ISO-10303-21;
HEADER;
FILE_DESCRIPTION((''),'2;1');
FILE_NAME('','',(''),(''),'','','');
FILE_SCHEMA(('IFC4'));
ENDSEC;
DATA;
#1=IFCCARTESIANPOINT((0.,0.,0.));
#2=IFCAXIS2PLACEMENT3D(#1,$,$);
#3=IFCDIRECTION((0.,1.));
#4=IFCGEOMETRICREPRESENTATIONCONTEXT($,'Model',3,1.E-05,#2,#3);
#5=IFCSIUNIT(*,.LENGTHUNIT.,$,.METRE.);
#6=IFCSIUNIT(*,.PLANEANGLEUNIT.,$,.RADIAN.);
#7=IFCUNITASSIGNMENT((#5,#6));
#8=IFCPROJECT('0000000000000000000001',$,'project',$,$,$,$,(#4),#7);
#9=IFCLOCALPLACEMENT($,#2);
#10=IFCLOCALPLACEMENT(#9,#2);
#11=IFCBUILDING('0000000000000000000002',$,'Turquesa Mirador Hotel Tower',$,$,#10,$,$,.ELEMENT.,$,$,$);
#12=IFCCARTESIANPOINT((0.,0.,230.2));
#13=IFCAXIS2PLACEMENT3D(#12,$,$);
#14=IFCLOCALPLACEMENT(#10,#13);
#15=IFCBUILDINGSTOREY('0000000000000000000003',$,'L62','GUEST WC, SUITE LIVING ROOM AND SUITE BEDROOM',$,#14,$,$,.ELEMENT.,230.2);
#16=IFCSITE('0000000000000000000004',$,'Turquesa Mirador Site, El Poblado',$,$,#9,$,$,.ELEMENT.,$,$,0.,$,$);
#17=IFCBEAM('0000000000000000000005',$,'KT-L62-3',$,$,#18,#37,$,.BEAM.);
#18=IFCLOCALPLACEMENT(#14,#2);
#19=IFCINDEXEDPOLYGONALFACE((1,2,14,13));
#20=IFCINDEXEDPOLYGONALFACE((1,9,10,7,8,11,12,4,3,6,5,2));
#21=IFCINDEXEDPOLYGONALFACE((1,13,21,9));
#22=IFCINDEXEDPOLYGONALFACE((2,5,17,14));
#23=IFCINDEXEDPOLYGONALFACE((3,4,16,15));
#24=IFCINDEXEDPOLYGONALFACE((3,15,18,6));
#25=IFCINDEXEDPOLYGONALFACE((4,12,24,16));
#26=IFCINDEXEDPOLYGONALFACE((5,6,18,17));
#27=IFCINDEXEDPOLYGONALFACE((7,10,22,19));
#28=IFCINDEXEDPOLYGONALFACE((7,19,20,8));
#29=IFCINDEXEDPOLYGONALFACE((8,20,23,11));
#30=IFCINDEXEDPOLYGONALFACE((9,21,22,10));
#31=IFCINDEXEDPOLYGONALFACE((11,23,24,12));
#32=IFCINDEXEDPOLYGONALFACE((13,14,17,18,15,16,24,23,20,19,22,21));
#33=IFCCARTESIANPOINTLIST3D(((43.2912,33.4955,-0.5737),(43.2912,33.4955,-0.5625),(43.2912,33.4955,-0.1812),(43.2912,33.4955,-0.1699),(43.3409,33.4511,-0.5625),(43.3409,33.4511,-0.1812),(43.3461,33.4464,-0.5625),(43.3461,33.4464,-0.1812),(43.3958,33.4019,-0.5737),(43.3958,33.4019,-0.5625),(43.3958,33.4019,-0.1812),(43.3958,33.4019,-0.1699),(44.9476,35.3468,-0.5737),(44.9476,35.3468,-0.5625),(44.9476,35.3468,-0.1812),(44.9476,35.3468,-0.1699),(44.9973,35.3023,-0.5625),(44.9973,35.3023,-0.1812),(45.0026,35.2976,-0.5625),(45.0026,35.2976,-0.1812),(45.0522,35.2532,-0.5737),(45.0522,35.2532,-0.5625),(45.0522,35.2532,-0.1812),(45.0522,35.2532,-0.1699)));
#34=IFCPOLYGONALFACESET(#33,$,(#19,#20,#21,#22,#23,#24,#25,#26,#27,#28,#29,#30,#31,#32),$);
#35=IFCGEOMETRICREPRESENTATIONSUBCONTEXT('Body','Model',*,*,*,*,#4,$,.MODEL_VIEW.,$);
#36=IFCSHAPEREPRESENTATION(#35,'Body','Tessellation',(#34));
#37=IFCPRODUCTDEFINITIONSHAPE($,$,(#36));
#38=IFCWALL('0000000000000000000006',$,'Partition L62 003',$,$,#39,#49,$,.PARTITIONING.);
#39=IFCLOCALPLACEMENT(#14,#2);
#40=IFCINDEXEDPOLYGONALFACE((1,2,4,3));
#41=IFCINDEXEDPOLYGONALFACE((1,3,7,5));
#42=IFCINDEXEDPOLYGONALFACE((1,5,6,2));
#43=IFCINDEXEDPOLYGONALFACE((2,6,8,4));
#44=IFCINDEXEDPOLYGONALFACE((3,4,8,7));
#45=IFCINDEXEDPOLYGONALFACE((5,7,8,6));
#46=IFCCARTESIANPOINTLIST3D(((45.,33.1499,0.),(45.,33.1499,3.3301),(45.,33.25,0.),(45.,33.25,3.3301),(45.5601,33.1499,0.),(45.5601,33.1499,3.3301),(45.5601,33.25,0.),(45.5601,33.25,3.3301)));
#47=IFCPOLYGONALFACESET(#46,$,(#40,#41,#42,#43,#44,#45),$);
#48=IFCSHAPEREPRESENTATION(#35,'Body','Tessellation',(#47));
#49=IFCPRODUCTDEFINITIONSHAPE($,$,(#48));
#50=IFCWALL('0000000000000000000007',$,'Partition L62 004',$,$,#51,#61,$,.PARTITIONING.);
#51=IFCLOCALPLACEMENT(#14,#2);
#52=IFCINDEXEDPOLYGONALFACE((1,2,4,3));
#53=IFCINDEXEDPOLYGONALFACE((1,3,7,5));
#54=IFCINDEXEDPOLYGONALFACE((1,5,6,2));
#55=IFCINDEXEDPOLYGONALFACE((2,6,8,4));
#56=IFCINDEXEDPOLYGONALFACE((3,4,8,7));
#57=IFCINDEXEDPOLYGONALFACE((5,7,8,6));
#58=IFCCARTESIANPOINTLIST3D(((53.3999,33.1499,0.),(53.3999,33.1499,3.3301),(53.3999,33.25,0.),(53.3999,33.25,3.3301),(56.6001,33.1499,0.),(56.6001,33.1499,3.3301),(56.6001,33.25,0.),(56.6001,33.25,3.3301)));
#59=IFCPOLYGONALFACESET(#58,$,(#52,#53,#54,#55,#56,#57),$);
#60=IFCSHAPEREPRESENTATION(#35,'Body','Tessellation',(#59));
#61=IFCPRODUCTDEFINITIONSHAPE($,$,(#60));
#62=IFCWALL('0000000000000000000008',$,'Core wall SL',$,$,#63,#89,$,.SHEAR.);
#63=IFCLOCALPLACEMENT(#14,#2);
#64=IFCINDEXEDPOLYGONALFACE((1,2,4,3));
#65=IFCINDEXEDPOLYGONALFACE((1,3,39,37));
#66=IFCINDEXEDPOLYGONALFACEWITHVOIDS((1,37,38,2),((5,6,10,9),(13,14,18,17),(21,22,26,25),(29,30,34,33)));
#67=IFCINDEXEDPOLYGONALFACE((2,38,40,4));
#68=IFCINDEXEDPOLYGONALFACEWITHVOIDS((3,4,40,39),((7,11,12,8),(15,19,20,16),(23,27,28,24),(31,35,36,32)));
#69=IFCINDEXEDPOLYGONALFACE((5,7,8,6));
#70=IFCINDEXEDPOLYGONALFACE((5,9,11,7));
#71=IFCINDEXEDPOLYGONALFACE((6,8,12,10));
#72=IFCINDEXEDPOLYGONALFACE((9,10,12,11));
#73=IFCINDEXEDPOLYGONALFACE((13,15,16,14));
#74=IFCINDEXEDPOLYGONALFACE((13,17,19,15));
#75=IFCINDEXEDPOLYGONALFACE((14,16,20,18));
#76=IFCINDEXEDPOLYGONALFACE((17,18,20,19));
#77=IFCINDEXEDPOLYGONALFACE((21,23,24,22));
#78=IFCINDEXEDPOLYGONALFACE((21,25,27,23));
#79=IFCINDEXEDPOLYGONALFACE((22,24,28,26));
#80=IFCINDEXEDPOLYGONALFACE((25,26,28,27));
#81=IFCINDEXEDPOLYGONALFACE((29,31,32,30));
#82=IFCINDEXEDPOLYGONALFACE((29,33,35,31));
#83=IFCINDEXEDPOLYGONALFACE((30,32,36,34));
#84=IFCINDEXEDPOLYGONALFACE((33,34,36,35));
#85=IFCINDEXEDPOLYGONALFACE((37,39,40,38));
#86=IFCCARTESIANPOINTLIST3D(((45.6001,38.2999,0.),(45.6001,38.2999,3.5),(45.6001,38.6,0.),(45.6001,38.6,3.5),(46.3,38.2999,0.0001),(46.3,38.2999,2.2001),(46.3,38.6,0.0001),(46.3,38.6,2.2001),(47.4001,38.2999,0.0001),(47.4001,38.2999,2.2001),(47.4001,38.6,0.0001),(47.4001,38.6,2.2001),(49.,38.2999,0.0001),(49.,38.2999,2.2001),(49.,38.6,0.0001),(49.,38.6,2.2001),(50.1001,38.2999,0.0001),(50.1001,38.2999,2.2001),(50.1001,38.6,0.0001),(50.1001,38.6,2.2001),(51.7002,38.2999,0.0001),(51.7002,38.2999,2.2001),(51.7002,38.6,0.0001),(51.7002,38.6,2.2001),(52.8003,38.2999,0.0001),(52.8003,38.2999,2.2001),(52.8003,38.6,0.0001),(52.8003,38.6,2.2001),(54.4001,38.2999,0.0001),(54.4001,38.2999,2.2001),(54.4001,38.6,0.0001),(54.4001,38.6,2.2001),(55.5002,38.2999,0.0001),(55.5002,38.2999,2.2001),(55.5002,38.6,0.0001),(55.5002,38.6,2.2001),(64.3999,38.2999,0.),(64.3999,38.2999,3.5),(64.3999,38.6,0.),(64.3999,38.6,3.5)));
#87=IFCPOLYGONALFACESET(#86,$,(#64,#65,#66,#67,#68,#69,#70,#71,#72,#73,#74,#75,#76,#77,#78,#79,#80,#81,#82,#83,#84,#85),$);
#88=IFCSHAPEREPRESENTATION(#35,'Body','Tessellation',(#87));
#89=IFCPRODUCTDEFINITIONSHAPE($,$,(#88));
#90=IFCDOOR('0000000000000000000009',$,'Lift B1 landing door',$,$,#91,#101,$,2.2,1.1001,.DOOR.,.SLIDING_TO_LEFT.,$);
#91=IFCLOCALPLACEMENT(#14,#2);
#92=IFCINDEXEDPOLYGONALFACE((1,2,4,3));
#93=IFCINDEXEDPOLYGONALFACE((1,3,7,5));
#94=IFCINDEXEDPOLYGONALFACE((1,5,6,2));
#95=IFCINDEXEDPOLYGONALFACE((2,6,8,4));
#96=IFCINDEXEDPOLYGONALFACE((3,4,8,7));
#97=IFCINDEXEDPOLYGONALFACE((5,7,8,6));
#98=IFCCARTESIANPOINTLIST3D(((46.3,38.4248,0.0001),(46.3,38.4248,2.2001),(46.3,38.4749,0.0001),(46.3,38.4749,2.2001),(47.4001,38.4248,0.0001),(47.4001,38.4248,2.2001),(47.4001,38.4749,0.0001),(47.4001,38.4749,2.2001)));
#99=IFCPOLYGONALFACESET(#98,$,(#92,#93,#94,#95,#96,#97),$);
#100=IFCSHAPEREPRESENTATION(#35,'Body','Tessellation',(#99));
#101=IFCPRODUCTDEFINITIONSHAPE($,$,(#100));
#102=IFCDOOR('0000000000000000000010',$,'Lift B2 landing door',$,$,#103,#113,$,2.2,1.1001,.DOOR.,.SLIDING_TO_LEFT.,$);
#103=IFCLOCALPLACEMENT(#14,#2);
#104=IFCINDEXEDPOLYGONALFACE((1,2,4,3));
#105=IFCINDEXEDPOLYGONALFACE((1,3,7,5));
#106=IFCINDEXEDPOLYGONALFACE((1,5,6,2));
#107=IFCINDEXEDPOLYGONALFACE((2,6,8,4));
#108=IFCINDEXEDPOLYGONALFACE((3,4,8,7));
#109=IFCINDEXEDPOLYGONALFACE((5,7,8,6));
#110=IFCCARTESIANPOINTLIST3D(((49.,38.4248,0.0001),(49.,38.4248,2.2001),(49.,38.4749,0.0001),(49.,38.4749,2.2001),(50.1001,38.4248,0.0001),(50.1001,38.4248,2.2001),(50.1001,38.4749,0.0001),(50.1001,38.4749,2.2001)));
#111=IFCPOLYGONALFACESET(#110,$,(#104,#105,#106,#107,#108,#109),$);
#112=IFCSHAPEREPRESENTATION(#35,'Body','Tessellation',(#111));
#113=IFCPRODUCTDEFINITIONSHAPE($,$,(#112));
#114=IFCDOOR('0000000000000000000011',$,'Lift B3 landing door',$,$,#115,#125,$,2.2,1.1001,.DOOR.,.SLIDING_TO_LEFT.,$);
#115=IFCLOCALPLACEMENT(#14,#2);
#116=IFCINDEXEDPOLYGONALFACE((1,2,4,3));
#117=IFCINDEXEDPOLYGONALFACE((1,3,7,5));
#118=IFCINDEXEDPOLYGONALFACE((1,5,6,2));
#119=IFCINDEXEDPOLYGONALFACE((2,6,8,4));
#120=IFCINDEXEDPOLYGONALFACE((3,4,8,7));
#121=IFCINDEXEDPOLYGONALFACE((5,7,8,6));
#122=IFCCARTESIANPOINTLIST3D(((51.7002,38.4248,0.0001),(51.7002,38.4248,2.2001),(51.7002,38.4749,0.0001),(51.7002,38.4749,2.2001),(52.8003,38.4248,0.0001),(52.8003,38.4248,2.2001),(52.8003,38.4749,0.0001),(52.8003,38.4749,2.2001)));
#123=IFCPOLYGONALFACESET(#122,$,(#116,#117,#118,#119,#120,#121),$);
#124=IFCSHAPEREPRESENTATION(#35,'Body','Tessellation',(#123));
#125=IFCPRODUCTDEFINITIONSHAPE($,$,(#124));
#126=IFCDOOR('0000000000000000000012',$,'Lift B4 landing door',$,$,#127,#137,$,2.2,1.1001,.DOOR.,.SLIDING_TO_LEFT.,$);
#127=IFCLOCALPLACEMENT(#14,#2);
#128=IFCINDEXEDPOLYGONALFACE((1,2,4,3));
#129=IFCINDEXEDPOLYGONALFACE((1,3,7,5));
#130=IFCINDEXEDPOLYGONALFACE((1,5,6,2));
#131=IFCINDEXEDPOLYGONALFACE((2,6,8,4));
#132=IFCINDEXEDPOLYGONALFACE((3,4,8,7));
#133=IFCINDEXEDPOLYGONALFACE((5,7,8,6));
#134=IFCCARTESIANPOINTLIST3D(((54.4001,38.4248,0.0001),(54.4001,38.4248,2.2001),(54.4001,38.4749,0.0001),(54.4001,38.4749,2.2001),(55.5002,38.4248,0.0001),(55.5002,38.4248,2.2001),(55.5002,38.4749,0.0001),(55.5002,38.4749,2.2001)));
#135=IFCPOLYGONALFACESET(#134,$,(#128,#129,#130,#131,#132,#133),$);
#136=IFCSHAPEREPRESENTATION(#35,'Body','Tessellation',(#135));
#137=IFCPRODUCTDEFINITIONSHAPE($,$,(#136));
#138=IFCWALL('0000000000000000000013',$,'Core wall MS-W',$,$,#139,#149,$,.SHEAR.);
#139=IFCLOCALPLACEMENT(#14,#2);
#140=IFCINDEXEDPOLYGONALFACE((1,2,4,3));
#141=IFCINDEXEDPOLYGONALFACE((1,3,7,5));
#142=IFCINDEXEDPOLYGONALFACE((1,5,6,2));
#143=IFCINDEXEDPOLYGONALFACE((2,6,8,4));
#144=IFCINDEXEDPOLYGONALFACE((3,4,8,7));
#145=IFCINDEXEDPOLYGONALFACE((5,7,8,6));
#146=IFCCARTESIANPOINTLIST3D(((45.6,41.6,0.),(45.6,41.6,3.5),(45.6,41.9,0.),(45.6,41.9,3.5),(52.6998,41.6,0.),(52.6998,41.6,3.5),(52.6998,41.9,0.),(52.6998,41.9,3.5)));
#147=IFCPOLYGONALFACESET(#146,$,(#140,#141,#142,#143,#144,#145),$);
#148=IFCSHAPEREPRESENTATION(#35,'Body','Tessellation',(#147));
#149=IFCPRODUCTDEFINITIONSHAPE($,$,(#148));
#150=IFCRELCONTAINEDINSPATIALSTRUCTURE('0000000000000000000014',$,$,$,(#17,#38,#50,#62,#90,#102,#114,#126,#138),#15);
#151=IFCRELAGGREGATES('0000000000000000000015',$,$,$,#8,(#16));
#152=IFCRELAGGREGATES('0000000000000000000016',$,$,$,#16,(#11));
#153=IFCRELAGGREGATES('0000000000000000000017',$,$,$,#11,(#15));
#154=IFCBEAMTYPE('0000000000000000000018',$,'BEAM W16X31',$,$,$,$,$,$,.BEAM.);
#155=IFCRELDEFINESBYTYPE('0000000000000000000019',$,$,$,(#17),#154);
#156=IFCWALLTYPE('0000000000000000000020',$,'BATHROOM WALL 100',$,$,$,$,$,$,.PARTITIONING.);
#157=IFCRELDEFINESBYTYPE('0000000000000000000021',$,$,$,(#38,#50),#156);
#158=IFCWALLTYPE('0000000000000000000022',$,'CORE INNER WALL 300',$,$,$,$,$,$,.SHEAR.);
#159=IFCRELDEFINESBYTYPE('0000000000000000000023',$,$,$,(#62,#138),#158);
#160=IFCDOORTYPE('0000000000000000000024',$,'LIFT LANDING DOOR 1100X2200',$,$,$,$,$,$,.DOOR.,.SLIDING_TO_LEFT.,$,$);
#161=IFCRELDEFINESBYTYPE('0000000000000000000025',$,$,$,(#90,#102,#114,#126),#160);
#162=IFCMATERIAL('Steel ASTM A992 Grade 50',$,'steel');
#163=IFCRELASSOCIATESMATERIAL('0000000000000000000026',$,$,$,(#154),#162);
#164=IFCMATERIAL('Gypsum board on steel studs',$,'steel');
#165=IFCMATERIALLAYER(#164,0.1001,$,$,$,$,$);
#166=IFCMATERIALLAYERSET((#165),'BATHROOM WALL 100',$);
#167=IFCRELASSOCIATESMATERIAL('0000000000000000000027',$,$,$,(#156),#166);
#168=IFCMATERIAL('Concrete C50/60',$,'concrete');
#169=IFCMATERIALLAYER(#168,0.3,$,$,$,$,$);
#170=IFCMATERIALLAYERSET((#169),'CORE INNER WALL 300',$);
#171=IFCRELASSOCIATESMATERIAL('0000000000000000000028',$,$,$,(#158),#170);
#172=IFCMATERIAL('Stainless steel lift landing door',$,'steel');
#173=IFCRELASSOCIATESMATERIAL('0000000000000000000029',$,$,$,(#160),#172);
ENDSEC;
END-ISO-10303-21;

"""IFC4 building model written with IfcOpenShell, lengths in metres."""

from ifc_helpers import new_model, si_unit, direction, frame, frame_2d, origin, origin_2d, place, context, subcontext, project, spatial, rectangle, i_section, extrude, material, layer, layer_set, material_profile, profile_set, type_object, element, fill, save


model = new_model("IFC4")

# Units and contexts
model_context = context("Model", 3, precision=1e-05, world=origin(), true_north=direction((0.0, 1.0)))
body_context = subcontext(model_context, "Body", "Model", "MODEL_VIEW")
ifc_project = project(units=[si_unit("LENGTHUNIT", "METRE"), si_unit("PLANEANGLEUNIT", "RADIAN")], contexts=[model_context])

# Site, building, storey
site_placement = place(None, origin())
site = spatial("IfcSite", under=ifc_project, at=site_placement, Name="Turquesa Mirador Site, El Poblado", CompositionType="ELEMENT", RefElevation=0.0)
building_placement = place(site_placement, origin())
building = spatial("IfcBuilding", under=site, at=building_placement, Name="Turquesa Mirador Hotel Tower", CompositionType="ELEMENT")
storey_placement = place(building_placement, frame((0.0, 0.0, 230.2)))
storey = spatial("IfcBuildingStorey", under=building, at=storey_placement, Name="L62", Description="GUEST WC, SUITE LIVING ROOM AND SUITE BEDROOM", CompositionType="ELEMENT", Elevation=230.2)

# Beam
ifc_material_1 = material(Name="Steel ASTM A992 Grade 50", Category="steel")
ifc_material_profile = material_profile(ifc_material_1, i_section(OverallWidth=0.1404, OverallDepth=0.4038, WebThickness=0.0071, FlangeThickness=0.0112, at=origin_2d()), Name="W16X31")
ifc_profile_set = profile_set([ifc_material_profile], Name="Steel ASTM A992 Grade 50")
beam_type = type_object("IfcBeamType", Name="BEAM W16X31", PredefinedType="BEAM", material=ifc_profile_set)
beam_placement = place(storey_placement, frame((43.3435, 33.4487, -0.3718), z_axis=(0.666806, 0.745231, 0.0), x_axis=(-0.745231, 0.666806, 0.0)))
element("IfcBeam", 1, at=beam_placement, inside=storey, type_object=beam_type, Name="KT-L62-3", PredefinedType="BEAM", context=body_context, shape_type="SweptSolid", body=[
    extrude(i_section(OverallWidth=0.1404, OverallDepth=0.4038, WebThickness=0.0071, FlangeThickness=0.0112, at=origin_2d()), origin(), (0.0, 0.0, 1.0), 2.4841),
])

# Walls
ifc_material_2 = material(Name="Gypsum board on steel studs", Category="steel")
ifc_layer_1 = layer(ifc_material_2, 0.1001)
ifc_layer_set_1 = layer_set([ifc_layer_1], Name="BATHROOM WALL 100")
wall_type_1 = type_object("IfcWallType", Name="BATHROOM WALL 100", PredefinedType="PARTITIONING", material=ifc_layer_set_1)
wall_1_placement = place(storey_placement, frame((45.0, 33.2, 0.0), z_axis=(0.0, 0.0, 1.0), x_axis=(1.0, 0.0, 0.0)))
element("IfcWall", 2, at=wall_1_placement, inside=storey, type_object=wall_type_1, Name="Partition L62 003", PredefinedType="PARTITIONING", context=body_context, shape_type="SweptSolid", body=[
    extrude(rectangle(XDim=0.5601, YDim=0.1001, at=frame_2d((0.28, 0.0))), origin(), (0.0, 0.0, 1.0), 3.3301),
])
wall_2_placement = place(storey_placement, frame((53.3999, 33.2, 0.0), z_axis=(0.0, 0.0, 1.0), x_axis=(1.0, 0.0, 0.0)))
element("IfcWall", 3, at=wall_2_placement, inside=storey, type_object=wall_type_1, Name="Partition L62 004", PredefinedType="PARTITIONING", context=body_context, shape_type="SweptSolid", body=[
    extrude(rectangle(XDim=3.2002, YDim=0.1001, at=frame_2d((1.6001, 0.0))), origin(), (0.0, 0.0, 1.0), 3.3301),
])

# Wall, openings, doors
ifc_material_3 = material(Name="Concrete C50/60", Category="concrete")
ifc_layer_2 = layer(ifc_material_3, 0.3)
ifc_layer_set_2 = layer_set([ifc_layer_2], Name="CORE INNER WALL 300")
wall_type_2 = type_object("IfcWallType", Name="CORE INNER WALL 300", PredefinedType="SHEAR", material=ifc_layer_set_2)
wall_3_placement = place(storey_placement, frame((45.6001, 38.45, 0.0), z_axis=(0.0, 0.0, 1.0), x_axis=(1.0, 0.0, 0.0)))
wall_3 = element("IfcWall", 4, at=wall_3_placement, inside=storey, type_object=wall_type_2, Name="Core wall SL", PredefinedType="SHEAR", context=body_context, shape_type="SweptSolid", body=[
    extrude(rectangle(XDim=18.7998, YDim=0.3, at=frame_2d((9.3999, 0.0))), origin(), (0.0, 0.0, 1.0), 3.5),
])
opening_1_placement = place(wall_3_placement, frame((0.7, 0.0, 0.0)))
opening_1 = element("IfcOpeningElement", 5, at=opening_1_placement, cuts=wall_3, PredefinedType="OPENING", context=body_context, shape_type="SweptSolid", body=[
    extrude(rectangle(XDim=1.1001, YDim=2.2, at=frame_2d((0.55, 1.1001))), frame((0.0, 0.1599, 0.0), z_axis=(0.0, -1.0, 0.0), x_axis=(1.0, 0.0, 0.0)), (0.0, 0.0, 1.0), 0.3201),
])
opening_2_placement = place(wall_3_placement, frame((3.3999, 0.0, 0.0)))
opening_2 = element("IfcOpeningElement", 6, at=opening_2_placement, cuts=wall_3, PredefinedType="OPENING", context=body_context, shape_type="SweptSolid", body=[
    extrude(rectangle(XDim=1.1001, YDim=2.2, at=frame_2d((0.55, 1.1001))), frame((0.0, 0.1599, 0.0), z_axis=(0.0, -1.0, 0.0), x_axis=(1.0, 0.0, 0.0)), (0.0, 0.0, 1.0), 0.3201),
])
opening_3_placement = place(wall_3_placement, frame((6.1001, 0.0, 0.0)))
opening_3 = element("IfcOpeningElement", 7, at=opening_3_placement, cuts=wall_3, PredefinedType="OPENING", context=body_context, shape_type="SweptSolid", body=[
    extrude(rectangle(XDim=1.1001, YDim=2.2, at=frame_2d((0.55, 1.1001))), frame((0.0, 0.1599, 0.0), z_axis=(0.0, -1.0, 0.0), x_axis=(1.0, 0.0, 0.0)), (0.0, 0.0, 1.0), 0.3201),
])
opening_4_placement = place(wall_3_placement, frame((8.8, 0.0, 0.0)))
opening_4 = element("IfcOpeningElement", 8, at=opening_4_placement, cuts=wall_3, PredefinedType="OPENING", context=body_context, shape_type="SweptSolid", body=[
    extrude(rectangle(XDim=1.1001, YDim=2.2, at=frame_2d((0.55, 1.1001))), frame((0.0, 0.1599, 0.0), z_axis=(0.0, -1.0, 0.0), x_axis=(1.0, 0.0, 0.0)), (0.0, 0.0, 1.0), 0.3201),
])
ifc_material_4 = material(Name="Stainless steel lift landing door", Category="steel")
door_type_1 = type_object("IfcDoorType", Name="LIFT LANDING DOOR 1100X2200", OperationType="SLIDING_TO_LEFT", PredefinedType="DOOR", material=ifc_material_4)
door_1_placement = place(opening_1_placement, origin())
door_1 = element("IfcDoor", 9, at=door_1_placement, inside=storey, type_object=door_type_1, Name="Lift B1 landing door", OperationType="SLIDING_TO_LEFT", OverallHeight=2.2, OverallWidth=1.1001, PredefinedType="DOOR", context=body_context, shape_type="SweptSolid", body=[
    extrude(rectangle(XDim=1.1001, YDim=2.2, at=frame_2d((0.55, 1.1001))), frame((0.0, 0.0249, 0.0), z_axis=(0.0, -1.0, 0.0), x_axis=(1.0, 0.0, 0.0)), (0.0, 0.0, 1.0), 0.05),
])
fill(opening_1, door_1)
door_2_placement = place(opening_2_placement, origin())
door_2 = element("IfcDoor", 10, at=door_2_placement, inside=storey, type_object=door_type_1, Name="Lift B2 landing door", OperationType="SLIDING_TO_LEFT", OverallHeight=2.2, OverallWidth=1.1001, PredefinedType="DOOR", context=body_context, shape_type="SweptSolid", body=[
    extrude(rectangle(XDim=1.1001, YDim=2.2, at=frame_2d((0.55, 1.1001))), frame((0.0, 0.0249, 0.0), z_axis=(0.0, -1.0, 0.0), x_axis=(1.0, 0.0, 0.0)), (0.0, 0.0, 1.0), 0.05),
])
fill(opening_2, door_2)
door_3_placement = place(opening_3_placement, origin())
door_3 = element("IfcDoor", 11, at=door_3_placement, inside=storey, type_object=door_type_1, Name="Lift B3 landing door", OperationType="SLIDING_TO_LEFT", OverallHeight=2.2, OverallWidth=1.1001, PredefinedType="DOOR", context=body_context, shape_type="SweptSolid", body=[
    extrude(rectangle(XDim=1.1001, YDim=2.2, at=frame_2d((0.55, 1.1001))), frame((0.0, 0.0249, 0.0), z_axis=(0.0, -1.0, 0.0), x_axis=(1.0, 0.0, 0.0)), (0.0, 0.0, 1.0), 0.05),
])
fill(opening_3, door_3)
door_4_placement = place(opening_4_placement, origin())
door_4 = element("IfcDoor", 12, at=door_4_placement, inside=storey, type_object=door_type_1, Name="Lift B4 landing door", OperationType="SLIDING_TO_LEFT", OverallHeight=2.2, OverallWidth=1.1001, PredefinedType="DOOR", context=body_context, shape_type="SweptSolid", body=[
    extrude(rectangle(XDim=1.1001, YDim=2.2, at=frame_2d((0.55, 1.1001))), frame((0.0, 0.0249, 0.0), z_axis=(0.0, -1.0, 0.0), x_axis=(1.0, 0.0, 0.0)), (0.0, 0.0, 1.0), 0.05),
])
fill(opening_4, door_4)

# Wall
wall_4_placement = place(storey_placement, frame((45.6001, 41.75, 0.0), z_axis=(0.0, 0.0, 1.0), x_axis=(1.0, 0.0, 0.0)))
element("IfcWall", 13, at=wall_4_placement, inside=storey, type_object=wall_type_2, Name="Core wall MS-W", PredefinedType="SHEAR", context=body_context, shape_type="SweptSolid", body=[
    extrude(rectangle(XDim=7.0999, YDim=0.3, at=frame_2d((3.5498, 0.0))), origin(), (0.0, 0.0, 1.0), 3.5),
])

save(model, "model.ifc")
